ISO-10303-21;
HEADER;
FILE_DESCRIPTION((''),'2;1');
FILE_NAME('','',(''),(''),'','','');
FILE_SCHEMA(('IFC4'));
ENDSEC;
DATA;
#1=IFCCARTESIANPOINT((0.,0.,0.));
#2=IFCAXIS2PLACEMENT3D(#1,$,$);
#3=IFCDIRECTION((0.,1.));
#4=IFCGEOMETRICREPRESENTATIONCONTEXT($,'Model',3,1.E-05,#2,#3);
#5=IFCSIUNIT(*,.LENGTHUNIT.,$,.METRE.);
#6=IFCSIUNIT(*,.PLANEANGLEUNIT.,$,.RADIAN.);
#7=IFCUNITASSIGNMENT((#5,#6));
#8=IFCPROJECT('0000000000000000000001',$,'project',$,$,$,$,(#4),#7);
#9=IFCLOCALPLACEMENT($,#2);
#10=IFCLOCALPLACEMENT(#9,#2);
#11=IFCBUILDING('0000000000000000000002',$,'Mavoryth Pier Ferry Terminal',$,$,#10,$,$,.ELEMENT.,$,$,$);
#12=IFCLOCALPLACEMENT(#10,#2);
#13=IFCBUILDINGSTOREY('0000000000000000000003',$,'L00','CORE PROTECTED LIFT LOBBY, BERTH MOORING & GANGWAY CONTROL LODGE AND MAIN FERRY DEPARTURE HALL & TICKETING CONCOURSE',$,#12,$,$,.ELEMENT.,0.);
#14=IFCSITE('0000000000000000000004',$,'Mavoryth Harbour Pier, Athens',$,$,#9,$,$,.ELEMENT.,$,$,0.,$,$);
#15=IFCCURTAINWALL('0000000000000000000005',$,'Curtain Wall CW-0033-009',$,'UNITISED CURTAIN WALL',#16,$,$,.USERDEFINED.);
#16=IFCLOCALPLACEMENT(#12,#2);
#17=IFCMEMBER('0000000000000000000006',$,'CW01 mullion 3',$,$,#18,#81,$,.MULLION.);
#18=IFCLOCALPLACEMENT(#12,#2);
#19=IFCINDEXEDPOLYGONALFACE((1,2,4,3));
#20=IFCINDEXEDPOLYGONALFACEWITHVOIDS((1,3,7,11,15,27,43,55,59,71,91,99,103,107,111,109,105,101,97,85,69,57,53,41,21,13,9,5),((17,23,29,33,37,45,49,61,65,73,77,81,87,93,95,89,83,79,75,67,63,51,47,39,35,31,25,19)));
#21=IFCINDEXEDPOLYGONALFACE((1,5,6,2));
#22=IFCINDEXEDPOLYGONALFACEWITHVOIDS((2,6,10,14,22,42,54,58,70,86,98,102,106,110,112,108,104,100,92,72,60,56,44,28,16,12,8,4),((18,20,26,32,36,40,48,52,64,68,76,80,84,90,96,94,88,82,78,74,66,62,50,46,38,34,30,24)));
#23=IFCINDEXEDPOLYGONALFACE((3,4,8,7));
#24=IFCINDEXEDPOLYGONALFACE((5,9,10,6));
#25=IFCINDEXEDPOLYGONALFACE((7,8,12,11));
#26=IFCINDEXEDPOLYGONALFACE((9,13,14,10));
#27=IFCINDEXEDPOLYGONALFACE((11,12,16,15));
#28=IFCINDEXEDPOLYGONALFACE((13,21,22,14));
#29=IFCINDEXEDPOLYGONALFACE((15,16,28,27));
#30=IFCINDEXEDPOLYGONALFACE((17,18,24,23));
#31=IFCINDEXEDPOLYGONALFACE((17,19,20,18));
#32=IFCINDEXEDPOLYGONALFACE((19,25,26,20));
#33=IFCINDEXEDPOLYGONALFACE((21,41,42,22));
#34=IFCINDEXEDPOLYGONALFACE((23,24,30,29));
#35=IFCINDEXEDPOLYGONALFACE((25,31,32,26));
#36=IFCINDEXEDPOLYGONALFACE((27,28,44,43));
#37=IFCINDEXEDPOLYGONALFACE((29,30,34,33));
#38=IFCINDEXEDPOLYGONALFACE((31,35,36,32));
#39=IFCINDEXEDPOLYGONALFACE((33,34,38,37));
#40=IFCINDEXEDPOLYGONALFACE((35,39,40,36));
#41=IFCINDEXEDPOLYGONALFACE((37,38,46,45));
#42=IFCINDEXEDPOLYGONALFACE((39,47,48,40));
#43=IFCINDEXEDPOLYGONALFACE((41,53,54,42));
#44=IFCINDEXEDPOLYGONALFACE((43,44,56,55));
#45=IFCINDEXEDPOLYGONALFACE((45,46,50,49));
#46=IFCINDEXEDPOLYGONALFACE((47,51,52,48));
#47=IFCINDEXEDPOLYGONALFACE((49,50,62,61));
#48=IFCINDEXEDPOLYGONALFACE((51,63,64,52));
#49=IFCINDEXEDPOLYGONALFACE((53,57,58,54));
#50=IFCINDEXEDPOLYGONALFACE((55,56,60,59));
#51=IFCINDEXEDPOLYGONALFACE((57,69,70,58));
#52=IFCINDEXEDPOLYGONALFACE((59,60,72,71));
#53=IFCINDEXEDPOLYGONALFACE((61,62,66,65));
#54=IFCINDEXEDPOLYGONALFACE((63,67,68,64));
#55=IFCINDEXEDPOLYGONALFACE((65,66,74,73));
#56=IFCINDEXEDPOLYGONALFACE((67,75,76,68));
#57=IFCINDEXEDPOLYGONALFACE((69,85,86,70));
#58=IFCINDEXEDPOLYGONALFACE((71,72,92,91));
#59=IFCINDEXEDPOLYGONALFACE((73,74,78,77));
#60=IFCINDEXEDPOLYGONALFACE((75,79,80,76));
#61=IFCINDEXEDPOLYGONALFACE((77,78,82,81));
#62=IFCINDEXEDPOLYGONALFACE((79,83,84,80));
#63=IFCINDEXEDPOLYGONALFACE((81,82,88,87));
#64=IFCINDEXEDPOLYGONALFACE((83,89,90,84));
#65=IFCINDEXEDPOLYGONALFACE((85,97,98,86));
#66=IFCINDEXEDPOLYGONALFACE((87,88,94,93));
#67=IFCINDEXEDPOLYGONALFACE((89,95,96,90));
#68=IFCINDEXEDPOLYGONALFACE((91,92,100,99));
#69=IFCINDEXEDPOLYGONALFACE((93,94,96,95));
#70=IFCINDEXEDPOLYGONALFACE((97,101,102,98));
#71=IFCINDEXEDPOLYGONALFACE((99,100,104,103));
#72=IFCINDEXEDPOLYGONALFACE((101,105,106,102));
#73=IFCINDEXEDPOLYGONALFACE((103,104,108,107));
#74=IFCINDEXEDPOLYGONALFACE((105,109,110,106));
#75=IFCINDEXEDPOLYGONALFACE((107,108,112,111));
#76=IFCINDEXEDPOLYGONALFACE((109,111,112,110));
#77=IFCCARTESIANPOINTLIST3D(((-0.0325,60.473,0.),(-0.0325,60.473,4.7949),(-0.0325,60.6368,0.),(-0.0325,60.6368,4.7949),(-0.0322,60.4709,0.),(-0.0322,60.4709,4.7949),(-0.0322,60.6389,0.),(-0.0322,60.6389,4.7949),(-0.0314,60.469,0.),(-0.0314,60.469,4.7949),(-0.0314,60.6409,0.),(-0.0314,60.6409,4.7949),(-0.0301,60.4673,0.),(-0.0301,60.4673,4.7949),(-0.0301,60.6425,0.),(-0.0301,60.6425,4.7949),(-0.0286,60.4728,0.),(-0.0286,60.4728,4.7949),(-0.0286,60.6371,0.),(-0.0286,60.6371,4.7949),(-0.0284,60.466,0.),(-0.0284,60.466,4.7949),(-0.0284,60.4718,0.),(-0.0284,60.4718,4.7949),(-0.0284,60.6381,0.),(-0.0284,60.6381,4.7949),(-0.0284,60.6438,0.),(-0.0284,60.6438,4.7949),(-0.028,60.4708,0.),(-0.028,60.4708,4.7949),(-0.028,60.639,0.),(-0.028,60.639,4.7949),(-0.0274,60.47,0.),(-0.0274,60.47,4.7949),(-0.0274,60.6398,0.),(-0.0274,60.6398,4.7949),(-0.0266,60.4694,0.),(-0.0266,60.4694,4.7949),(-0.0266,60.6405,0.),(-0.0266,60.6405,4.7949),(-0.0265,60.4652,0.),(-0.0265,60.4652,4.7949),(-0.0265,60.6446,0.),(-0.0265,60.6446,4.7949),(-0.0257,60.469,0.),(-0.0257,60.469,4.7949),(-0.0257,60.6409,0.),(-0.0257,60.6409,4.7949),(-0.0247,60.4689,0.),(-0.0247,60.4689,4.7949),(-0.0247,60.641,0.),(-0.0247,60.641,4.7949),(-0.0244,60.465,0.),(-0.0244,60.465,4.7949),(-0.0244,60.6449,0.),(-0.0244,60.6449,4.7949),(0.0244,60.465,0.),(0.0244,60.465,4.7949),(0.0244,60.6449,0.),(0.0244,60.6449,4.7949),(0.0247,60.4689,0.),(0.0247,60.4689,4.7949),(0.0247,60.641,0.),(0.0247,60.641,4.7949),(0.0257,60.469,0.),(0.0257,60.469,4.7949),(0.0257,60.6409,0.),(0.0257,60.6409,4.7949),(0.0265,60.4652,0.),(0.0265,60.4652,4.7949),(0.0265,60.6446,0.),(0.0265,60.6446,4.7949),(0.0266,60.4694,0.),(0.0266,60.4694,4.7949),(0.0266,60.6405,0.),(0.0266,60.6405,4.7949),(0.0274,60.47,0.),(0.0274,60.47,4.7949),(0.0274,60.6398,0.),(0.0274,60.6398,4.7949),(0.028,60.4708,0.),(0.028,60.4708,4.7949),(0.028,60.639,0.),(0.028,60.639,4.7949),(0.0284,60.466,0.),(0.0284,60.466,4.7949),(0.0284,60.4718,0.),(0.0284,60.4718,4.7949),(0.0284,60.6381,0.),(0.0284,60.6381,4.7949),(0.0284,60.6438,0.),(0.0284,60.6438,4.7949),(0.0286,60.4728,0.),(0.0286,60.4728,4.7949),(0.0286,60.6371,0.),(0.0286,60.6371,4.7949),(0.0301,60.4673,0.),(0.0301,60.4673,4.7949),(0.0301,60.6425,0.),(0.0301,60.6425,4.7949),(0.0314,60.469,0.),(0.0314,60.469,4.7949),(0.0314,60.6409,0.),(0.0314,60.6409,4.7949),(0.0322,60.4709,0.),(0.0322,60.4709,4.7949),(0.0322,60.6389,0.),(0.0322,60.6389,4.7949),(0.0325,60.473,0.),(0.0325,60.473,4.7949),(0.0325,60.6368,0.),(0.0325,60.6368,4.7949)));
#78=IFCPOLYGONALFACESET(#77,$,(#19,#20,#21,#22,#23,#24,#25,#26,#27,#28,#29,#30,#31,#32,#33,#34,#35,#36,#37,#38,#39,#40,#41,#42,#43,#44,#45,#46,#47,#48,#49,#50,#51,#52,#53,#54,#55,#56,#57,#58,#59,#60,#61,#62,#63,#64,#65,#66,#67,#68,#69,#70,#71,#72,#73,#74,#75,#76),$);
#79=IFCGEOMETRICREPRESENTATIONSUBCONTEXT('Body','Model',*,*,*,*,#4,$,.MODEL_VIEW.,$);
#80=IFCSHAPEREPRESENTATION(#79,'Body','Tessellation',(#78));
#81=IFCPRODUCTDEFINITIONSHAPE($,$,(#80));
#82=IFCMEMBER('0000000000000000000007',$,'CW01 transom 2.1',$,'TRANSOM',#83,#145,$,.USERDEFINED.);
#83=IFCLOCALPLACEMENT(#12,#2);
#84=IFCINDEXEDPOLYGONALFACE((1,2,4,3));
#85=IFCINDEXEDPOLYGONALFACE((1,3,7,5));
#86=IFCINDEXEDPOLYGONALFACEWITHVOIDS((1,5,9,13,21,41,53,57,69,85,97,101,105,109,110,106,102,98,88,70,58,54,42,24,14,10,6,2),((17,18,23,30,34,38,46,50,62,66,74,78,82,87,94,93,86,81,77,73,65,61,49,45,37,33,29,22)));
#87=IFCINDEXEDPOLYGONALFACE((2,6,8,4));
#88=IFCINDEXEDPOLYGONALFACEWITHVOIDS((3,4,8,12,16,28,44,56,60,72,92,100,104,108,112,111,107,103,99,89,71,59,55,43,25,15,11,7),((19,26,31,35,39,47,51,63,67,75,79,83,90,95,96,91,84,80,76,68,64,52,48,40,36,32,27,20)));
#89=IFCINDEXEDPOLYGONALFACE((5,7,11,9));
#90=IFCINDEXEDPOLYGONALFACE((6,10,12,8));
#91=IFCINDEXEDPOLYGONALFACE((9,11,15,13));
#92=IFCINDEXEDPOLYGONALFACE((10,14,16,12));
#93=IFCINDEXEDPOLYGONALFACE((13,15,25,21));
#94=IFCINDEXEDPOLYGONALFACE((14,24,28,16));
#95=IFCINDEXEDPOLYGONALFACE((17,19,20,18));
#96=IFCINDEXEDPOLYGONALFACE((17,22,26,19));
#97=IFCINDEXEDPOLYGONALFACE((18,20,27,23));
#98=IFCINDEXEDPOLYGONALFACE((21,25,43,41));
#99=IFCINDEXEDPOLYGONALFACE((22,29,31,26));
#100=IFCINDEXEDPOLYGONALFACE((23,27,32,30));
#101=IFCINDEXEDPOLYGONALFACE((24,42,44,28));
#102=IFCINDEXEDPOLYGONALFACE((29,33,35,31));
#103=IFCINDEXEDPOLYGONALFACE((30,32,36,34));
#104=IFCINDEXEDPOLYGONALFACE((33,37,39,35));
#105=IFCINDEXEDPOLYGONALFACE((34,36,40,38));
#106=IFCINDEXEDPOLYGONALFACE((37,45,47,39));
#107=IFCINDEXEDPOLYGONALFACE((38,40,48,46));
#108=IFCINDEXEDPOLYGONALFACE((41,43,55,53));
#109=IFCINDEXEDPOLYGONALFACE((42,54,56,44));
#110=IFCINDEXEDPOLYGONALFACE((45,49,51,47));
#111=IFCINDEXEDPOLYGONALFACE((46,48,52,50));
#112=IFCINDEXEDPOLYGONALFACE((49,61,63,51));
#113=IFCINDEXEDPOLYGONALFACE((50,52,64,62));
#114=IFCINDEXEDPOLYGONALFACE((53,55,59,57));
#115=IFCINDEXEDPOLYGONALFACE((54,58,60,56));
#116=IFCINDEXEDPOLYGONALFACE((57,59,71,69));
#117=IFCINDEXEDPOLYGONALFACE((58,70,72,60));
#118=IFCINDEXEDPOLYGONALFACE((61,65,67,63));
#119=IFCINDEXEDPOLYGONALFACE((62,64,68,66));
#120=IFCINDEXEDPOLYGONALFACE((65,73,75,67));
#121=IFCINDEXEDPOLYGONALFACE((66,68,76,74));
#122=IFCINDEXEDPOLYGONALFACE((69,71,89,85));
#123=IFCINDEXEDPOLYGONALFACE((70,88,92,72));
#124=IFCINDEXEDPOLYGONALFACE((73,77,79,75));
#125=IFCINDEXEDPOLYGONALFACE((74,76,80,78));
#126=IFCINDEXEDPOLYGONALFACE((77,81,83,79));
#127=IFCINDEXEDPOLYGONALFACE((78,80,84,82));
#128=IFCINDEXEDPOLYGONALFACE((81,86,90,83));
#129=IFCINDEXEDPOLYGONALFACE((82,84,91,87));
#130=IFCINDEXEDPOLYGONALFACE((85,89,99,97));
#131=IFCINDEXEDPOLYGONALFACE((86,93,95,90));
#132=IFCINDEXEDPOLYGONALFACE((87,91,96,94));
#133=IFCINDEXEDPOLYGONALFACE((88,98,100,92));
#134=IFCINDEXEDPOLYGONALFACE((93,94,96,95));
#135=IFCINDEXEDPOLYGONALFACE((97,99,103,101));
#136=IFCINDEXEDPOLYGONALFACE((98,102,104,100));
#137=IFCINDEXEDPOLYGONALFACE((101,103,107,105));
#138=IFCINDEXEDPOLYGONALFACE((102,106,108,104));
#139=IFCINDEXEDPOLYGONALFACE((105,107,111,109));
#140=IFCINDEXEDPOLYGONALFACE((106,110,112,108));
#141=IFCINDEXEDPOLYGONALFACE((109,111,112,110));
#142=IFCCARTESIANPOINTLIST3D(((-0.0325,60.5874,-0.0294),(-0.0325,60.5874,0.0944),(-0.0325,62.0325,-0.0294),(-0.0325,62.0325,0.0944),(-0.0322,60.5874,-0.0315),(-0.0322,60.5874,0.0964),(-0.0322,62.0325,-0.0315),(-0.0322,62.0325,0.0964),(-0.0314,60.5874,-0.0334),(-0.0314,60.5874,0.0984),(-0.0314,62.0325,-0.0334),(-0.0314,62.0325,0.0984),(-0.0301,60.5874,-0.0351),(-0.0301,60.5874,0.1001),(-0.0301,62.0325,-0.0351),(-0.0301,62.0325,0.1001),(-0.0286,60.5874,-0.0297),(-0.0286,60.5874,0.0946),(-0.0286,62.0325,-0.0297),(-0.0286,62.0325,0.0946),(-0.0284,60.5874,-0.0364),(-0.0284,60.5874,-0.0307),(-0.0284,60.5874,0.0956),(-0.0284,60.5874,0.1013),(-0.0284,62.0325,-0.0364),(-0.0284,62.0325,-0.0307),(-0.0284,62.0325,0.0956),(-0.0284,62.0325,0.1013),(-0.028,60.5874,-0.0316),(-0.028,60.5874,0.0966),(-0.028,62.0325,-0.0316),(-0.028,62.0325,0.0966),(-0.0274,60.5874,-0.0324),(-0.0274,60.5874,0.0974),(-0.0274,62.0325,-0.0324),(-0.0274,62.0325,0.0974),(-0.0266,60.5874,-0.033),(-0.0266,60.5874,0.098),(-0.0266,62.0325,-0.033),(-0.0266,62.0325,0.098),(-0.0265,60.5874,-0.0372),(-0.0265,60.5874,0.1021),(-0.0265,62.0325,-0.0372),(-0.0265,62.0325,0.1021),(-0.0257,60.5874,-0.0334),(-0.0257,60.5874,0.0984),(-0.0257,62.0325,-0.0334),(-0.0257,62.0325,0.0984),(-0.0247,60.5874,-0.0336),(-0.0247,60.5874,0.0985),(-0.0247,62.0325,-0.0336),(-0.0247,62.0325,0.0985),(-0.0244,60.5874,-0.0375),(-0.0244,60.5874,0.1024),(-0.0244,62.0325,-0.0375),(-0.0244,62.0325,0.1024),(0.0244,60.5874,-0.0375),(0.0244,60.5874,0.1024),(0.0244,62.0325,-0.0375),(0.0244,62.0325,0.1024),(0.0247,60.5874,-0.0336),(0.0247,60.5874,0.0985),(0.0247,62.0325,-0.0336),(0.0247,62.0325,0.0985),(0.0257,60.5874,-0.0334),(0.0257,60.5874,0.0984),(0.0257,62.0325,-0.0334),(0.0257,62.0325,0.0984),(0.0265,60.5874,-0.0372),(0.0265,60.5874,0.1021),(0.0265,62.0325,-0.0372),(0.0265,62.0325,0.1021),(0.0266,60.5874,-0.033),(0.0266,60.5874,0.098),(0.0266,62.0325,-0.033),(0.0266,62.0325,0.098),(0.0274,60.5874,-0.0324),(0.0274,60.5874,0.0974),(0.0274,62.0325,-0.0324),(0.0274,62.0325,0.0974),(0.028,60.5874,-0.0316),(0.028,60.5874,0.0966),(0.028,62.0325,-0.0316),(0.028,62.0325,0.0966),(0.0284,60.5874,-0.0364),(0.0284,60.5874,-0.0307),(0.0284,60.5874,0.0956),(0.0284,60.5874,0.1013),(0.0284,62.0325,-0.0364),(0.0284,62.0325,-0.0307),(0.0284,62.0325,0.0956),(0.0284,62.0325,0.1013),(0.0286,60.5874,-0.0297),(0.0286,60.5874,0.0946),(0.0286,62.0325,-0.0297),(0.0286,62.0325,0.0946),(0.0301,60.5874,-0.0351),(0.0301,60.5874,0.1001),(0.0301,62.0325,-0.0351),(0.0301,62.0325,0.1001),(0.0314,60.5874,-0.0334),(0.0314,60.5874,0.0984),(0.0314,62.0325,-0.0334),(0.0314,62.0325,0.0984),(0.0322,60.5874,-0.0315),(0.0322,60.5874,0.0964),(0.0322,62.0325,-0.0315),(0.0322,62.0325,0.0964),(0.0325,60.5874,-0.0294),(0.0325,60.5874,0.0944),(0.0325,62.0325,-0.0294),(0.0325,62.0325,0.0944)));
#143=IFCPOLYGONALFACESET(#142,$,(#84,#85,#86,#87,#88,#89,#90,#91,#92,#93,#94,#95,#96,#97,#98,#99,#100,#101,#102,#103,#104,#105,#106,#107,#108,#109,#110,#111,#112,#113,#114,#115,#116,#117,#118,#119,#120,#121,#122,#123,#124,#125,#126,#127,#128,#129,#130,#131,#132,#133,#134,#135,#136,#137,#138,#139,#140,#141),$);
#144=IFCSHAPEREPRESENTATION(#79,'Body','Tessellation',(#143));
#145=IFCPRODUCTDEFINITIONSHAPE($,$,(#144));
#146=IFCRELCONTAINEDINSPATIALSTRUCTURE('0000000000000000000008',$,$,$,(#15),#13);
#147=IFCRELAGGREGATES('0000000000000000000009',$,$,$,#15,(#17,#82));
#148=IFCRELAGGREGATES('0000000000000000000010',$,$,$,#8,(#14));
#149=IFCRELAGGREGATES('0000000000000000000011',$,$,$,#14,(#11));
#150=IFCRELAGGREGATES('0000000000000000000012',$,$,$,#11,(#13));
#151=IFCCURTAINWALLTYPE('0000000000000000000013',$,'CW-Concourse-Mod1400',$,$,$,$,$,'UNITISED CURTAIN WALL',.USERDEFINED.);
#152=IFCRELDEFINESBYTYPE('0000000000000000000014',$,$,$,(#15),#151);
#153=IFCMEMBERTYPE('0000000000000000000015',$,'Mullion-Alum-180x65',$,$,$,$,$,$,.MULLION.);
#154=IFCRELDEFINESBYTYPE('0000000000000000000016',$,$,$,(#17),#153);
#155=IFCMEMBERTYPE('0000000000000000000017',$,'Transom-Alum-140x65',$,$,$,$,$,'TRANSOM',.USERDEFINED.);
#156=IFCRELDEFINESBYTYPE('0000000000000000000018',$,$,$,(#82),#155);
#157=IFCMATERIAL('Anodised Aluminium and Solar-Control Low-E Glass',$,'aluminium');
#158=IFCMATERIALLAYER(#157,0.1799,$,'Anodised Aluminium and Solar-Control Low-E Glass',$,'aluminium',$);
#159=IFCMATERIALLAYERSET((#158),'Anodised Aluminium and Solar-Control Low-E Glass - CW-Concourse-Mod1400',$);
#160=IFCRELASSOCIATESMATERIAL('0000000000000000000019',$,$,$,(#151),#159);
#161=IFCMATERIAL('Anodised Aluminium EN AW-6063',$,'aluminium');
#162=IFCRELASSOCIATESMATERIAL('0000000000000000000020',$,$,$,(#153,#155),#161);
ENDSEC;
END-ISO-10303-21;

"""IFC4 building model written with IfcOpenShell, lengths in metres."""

from ifc_helpers import new_model, si_unit, direction, frame, origin, origin_2d, place, context, subcontext, project, spatial, hollow_rectangle, extrude, material, layer, layer_set, material_profile, profile_set, type_object, element, aggregate, save


model = new_model("IFC4")

# Units and contexts
model_context = context("Model", 3, precision=1e-05, world=origin(), true_north=direction((0.0, 1.0)))
body_context = subcontext(model_context, "Body", "Model", "MODEL_VIEW")
ifc_project = project(units=[si_unit("LENGTHUNIT", "METRE"), si_unit("PLANEANGLEUNIT", "RADIAN")], contexts=[model_context])

# Site, building, storey
site_placement = place(None, origin())
site = spatial("IfcSite", under=ifc_project, at=site_placement, Name="Mavoryth Harbour Pier, Athens", CompositionType="ELEMENT", RefElevation=0.0)
building_placement = place(site_placement, origin())
building = spatial("IfcBuilding", under=site, at=building_placement, Name="Mavoryth Pier Ferry Terminal", CompositionType="ELEMENT")
storey_placement = place(building_placement, origin())
storey = spatial("IfcBuildingStorey", under=building, at=storey_placement, Name="L00", Description="CORE PROTECTED LIFT LOBBY, BERTH MOORING & GANGWAY CONTROL LODGE AND MAIN FERRY DEPARTURE HALL & TICKETING CONCOURSE", CompositionType="ELEMENT", Elevation=0.0)

# Curtain wall, members
ifc_material_1 = material(Name="Anodised Aluminium and Solar-Control Low-E Glass", Category="aluminium")
ifc_layer_1 = layer(ifc_material_1, 0.1799, Name="Anodised Aluminium and Solar-Control Low-E Glass", Category="aluminium")
ifc_layer_set_1 = layer_set([ifc_layer_1], Name="Anodised Aluminium and Solar-Control Low-E Glass - CW-Concourse-Mod1400")
curtain_wall_type = type_object("IfcCurtainWallType", Name="CW-Concourse-Mod1400", ElementType="UNITISED CURTAIN WALL", PredefinedType="USERDEFINED", material=ifc_layer_set_1)
curtain_wall_placement = place(storey_placement, origin())
curtain_wall = element("IfcCurtainWall", 1, at=curtain_wall_placement, inside=storey, type_object=curtain_wall_type, Name="Curtain Wall CW-0033-009", ObjectType="UNITISED CURTAIN WALL", PredefinedType="USERDEFINED")
ifc_material_2 = material(Name="Anodised Aluminium EN AW-6063", Category="aluminium")
ifc_material_profile_1 = material_profile(ifc_material_2, hollow_rectangle(XDim=0.0649, YDim=0.1799, WallThickness=0.0039, InnerFilletRadius=0.0039, OuterFilletRadius=0.0081, at=origin_2d()), Name="AL-MULL 180x65x4", Category="aluminium")
ifc_profile_set_1 = profile_set([ifc_material_profile_1], Name="Anodised Aluminium EN AW-6063 - AL-MULL 180x65x4")
member_type_1 = type_object("IfcMemberType", Name="Mullion-Alum-180x65", PredefinedType="MULLION", material=ifc_profile_set_1)
member_1_placement = place(storey_placement, frame((0.0, 60.5549, 0.0), z_axis=(0.0, 0.0, 1.0), x_axis=(1.0, 0.0, 0.0)))
member_1 = element("IfcMember", 2, at=member_1_placement, type_object=member_type_1, Name="CW01 mullion 3", PredefinedType="MULLION", context=body_context, shape_type="SweptSolid", body=[
    extrude(hollow_rectangle(XDim=0.0649, YDim=0.1799, WallThickness=0.0039, InnerFilletRadius=0.0039, OuterFilletRadius=0.0081, at=origin_2d()), origin(), (0.0, 0.0, 1.0), 4.7949),
])
ifc_material_profile_2 = material_profile(ifc_material_2, hollow_rectangle(XDim=0.0649, YDim=0.1399, WallThickness=0.0039, InnerFilletRadius=0.0039, OuterFilletRadius=0.0081, at=origin_2d()), Name="AL-TRAN 140x65x4", Category="aluminium")
ifc_profile_set_2 = profile_set([ifc_material_profile_2], Name="Anodised Aluminium EN AW-6063 - AL-TRAN 140x65x4")
member_type_2 = type_object("IfcMemberType", Name="Transom-Alum-140x65", ElementType="TRANSOM", PredefinedType="USERDEFINED", material=ifc_profile_set_2)
member_2_placement = place(storey_placement, frame((0.0, 62.0325, 0.0325), z_axis=(0.0, -1.0, 0.0), x_axis=(1.0, 0.0, 0.0)))
member_2 = element("IfcMember", 3, at=member_2_placement, type_object=member_type_2, Name="CW01 transom 2.1", ObjectType="TRANSOM", PredefinedType="USERDEFINED", context=body_context, shape_type="SweptSolid", body=[
    extrude(hollow_rectangle(XDim=0.0649, YDim=0.1399, WallThickness=0.0039, InnerFilletRadius=0.0039, OuterFilletRadius=0.0081, at=origin_2d()), origin(), (0.0, 0.0, 1.0), 1.4451),
])
aggregate(curtain_wall, [member_1, member_2])

save(model, "model.ifc")
